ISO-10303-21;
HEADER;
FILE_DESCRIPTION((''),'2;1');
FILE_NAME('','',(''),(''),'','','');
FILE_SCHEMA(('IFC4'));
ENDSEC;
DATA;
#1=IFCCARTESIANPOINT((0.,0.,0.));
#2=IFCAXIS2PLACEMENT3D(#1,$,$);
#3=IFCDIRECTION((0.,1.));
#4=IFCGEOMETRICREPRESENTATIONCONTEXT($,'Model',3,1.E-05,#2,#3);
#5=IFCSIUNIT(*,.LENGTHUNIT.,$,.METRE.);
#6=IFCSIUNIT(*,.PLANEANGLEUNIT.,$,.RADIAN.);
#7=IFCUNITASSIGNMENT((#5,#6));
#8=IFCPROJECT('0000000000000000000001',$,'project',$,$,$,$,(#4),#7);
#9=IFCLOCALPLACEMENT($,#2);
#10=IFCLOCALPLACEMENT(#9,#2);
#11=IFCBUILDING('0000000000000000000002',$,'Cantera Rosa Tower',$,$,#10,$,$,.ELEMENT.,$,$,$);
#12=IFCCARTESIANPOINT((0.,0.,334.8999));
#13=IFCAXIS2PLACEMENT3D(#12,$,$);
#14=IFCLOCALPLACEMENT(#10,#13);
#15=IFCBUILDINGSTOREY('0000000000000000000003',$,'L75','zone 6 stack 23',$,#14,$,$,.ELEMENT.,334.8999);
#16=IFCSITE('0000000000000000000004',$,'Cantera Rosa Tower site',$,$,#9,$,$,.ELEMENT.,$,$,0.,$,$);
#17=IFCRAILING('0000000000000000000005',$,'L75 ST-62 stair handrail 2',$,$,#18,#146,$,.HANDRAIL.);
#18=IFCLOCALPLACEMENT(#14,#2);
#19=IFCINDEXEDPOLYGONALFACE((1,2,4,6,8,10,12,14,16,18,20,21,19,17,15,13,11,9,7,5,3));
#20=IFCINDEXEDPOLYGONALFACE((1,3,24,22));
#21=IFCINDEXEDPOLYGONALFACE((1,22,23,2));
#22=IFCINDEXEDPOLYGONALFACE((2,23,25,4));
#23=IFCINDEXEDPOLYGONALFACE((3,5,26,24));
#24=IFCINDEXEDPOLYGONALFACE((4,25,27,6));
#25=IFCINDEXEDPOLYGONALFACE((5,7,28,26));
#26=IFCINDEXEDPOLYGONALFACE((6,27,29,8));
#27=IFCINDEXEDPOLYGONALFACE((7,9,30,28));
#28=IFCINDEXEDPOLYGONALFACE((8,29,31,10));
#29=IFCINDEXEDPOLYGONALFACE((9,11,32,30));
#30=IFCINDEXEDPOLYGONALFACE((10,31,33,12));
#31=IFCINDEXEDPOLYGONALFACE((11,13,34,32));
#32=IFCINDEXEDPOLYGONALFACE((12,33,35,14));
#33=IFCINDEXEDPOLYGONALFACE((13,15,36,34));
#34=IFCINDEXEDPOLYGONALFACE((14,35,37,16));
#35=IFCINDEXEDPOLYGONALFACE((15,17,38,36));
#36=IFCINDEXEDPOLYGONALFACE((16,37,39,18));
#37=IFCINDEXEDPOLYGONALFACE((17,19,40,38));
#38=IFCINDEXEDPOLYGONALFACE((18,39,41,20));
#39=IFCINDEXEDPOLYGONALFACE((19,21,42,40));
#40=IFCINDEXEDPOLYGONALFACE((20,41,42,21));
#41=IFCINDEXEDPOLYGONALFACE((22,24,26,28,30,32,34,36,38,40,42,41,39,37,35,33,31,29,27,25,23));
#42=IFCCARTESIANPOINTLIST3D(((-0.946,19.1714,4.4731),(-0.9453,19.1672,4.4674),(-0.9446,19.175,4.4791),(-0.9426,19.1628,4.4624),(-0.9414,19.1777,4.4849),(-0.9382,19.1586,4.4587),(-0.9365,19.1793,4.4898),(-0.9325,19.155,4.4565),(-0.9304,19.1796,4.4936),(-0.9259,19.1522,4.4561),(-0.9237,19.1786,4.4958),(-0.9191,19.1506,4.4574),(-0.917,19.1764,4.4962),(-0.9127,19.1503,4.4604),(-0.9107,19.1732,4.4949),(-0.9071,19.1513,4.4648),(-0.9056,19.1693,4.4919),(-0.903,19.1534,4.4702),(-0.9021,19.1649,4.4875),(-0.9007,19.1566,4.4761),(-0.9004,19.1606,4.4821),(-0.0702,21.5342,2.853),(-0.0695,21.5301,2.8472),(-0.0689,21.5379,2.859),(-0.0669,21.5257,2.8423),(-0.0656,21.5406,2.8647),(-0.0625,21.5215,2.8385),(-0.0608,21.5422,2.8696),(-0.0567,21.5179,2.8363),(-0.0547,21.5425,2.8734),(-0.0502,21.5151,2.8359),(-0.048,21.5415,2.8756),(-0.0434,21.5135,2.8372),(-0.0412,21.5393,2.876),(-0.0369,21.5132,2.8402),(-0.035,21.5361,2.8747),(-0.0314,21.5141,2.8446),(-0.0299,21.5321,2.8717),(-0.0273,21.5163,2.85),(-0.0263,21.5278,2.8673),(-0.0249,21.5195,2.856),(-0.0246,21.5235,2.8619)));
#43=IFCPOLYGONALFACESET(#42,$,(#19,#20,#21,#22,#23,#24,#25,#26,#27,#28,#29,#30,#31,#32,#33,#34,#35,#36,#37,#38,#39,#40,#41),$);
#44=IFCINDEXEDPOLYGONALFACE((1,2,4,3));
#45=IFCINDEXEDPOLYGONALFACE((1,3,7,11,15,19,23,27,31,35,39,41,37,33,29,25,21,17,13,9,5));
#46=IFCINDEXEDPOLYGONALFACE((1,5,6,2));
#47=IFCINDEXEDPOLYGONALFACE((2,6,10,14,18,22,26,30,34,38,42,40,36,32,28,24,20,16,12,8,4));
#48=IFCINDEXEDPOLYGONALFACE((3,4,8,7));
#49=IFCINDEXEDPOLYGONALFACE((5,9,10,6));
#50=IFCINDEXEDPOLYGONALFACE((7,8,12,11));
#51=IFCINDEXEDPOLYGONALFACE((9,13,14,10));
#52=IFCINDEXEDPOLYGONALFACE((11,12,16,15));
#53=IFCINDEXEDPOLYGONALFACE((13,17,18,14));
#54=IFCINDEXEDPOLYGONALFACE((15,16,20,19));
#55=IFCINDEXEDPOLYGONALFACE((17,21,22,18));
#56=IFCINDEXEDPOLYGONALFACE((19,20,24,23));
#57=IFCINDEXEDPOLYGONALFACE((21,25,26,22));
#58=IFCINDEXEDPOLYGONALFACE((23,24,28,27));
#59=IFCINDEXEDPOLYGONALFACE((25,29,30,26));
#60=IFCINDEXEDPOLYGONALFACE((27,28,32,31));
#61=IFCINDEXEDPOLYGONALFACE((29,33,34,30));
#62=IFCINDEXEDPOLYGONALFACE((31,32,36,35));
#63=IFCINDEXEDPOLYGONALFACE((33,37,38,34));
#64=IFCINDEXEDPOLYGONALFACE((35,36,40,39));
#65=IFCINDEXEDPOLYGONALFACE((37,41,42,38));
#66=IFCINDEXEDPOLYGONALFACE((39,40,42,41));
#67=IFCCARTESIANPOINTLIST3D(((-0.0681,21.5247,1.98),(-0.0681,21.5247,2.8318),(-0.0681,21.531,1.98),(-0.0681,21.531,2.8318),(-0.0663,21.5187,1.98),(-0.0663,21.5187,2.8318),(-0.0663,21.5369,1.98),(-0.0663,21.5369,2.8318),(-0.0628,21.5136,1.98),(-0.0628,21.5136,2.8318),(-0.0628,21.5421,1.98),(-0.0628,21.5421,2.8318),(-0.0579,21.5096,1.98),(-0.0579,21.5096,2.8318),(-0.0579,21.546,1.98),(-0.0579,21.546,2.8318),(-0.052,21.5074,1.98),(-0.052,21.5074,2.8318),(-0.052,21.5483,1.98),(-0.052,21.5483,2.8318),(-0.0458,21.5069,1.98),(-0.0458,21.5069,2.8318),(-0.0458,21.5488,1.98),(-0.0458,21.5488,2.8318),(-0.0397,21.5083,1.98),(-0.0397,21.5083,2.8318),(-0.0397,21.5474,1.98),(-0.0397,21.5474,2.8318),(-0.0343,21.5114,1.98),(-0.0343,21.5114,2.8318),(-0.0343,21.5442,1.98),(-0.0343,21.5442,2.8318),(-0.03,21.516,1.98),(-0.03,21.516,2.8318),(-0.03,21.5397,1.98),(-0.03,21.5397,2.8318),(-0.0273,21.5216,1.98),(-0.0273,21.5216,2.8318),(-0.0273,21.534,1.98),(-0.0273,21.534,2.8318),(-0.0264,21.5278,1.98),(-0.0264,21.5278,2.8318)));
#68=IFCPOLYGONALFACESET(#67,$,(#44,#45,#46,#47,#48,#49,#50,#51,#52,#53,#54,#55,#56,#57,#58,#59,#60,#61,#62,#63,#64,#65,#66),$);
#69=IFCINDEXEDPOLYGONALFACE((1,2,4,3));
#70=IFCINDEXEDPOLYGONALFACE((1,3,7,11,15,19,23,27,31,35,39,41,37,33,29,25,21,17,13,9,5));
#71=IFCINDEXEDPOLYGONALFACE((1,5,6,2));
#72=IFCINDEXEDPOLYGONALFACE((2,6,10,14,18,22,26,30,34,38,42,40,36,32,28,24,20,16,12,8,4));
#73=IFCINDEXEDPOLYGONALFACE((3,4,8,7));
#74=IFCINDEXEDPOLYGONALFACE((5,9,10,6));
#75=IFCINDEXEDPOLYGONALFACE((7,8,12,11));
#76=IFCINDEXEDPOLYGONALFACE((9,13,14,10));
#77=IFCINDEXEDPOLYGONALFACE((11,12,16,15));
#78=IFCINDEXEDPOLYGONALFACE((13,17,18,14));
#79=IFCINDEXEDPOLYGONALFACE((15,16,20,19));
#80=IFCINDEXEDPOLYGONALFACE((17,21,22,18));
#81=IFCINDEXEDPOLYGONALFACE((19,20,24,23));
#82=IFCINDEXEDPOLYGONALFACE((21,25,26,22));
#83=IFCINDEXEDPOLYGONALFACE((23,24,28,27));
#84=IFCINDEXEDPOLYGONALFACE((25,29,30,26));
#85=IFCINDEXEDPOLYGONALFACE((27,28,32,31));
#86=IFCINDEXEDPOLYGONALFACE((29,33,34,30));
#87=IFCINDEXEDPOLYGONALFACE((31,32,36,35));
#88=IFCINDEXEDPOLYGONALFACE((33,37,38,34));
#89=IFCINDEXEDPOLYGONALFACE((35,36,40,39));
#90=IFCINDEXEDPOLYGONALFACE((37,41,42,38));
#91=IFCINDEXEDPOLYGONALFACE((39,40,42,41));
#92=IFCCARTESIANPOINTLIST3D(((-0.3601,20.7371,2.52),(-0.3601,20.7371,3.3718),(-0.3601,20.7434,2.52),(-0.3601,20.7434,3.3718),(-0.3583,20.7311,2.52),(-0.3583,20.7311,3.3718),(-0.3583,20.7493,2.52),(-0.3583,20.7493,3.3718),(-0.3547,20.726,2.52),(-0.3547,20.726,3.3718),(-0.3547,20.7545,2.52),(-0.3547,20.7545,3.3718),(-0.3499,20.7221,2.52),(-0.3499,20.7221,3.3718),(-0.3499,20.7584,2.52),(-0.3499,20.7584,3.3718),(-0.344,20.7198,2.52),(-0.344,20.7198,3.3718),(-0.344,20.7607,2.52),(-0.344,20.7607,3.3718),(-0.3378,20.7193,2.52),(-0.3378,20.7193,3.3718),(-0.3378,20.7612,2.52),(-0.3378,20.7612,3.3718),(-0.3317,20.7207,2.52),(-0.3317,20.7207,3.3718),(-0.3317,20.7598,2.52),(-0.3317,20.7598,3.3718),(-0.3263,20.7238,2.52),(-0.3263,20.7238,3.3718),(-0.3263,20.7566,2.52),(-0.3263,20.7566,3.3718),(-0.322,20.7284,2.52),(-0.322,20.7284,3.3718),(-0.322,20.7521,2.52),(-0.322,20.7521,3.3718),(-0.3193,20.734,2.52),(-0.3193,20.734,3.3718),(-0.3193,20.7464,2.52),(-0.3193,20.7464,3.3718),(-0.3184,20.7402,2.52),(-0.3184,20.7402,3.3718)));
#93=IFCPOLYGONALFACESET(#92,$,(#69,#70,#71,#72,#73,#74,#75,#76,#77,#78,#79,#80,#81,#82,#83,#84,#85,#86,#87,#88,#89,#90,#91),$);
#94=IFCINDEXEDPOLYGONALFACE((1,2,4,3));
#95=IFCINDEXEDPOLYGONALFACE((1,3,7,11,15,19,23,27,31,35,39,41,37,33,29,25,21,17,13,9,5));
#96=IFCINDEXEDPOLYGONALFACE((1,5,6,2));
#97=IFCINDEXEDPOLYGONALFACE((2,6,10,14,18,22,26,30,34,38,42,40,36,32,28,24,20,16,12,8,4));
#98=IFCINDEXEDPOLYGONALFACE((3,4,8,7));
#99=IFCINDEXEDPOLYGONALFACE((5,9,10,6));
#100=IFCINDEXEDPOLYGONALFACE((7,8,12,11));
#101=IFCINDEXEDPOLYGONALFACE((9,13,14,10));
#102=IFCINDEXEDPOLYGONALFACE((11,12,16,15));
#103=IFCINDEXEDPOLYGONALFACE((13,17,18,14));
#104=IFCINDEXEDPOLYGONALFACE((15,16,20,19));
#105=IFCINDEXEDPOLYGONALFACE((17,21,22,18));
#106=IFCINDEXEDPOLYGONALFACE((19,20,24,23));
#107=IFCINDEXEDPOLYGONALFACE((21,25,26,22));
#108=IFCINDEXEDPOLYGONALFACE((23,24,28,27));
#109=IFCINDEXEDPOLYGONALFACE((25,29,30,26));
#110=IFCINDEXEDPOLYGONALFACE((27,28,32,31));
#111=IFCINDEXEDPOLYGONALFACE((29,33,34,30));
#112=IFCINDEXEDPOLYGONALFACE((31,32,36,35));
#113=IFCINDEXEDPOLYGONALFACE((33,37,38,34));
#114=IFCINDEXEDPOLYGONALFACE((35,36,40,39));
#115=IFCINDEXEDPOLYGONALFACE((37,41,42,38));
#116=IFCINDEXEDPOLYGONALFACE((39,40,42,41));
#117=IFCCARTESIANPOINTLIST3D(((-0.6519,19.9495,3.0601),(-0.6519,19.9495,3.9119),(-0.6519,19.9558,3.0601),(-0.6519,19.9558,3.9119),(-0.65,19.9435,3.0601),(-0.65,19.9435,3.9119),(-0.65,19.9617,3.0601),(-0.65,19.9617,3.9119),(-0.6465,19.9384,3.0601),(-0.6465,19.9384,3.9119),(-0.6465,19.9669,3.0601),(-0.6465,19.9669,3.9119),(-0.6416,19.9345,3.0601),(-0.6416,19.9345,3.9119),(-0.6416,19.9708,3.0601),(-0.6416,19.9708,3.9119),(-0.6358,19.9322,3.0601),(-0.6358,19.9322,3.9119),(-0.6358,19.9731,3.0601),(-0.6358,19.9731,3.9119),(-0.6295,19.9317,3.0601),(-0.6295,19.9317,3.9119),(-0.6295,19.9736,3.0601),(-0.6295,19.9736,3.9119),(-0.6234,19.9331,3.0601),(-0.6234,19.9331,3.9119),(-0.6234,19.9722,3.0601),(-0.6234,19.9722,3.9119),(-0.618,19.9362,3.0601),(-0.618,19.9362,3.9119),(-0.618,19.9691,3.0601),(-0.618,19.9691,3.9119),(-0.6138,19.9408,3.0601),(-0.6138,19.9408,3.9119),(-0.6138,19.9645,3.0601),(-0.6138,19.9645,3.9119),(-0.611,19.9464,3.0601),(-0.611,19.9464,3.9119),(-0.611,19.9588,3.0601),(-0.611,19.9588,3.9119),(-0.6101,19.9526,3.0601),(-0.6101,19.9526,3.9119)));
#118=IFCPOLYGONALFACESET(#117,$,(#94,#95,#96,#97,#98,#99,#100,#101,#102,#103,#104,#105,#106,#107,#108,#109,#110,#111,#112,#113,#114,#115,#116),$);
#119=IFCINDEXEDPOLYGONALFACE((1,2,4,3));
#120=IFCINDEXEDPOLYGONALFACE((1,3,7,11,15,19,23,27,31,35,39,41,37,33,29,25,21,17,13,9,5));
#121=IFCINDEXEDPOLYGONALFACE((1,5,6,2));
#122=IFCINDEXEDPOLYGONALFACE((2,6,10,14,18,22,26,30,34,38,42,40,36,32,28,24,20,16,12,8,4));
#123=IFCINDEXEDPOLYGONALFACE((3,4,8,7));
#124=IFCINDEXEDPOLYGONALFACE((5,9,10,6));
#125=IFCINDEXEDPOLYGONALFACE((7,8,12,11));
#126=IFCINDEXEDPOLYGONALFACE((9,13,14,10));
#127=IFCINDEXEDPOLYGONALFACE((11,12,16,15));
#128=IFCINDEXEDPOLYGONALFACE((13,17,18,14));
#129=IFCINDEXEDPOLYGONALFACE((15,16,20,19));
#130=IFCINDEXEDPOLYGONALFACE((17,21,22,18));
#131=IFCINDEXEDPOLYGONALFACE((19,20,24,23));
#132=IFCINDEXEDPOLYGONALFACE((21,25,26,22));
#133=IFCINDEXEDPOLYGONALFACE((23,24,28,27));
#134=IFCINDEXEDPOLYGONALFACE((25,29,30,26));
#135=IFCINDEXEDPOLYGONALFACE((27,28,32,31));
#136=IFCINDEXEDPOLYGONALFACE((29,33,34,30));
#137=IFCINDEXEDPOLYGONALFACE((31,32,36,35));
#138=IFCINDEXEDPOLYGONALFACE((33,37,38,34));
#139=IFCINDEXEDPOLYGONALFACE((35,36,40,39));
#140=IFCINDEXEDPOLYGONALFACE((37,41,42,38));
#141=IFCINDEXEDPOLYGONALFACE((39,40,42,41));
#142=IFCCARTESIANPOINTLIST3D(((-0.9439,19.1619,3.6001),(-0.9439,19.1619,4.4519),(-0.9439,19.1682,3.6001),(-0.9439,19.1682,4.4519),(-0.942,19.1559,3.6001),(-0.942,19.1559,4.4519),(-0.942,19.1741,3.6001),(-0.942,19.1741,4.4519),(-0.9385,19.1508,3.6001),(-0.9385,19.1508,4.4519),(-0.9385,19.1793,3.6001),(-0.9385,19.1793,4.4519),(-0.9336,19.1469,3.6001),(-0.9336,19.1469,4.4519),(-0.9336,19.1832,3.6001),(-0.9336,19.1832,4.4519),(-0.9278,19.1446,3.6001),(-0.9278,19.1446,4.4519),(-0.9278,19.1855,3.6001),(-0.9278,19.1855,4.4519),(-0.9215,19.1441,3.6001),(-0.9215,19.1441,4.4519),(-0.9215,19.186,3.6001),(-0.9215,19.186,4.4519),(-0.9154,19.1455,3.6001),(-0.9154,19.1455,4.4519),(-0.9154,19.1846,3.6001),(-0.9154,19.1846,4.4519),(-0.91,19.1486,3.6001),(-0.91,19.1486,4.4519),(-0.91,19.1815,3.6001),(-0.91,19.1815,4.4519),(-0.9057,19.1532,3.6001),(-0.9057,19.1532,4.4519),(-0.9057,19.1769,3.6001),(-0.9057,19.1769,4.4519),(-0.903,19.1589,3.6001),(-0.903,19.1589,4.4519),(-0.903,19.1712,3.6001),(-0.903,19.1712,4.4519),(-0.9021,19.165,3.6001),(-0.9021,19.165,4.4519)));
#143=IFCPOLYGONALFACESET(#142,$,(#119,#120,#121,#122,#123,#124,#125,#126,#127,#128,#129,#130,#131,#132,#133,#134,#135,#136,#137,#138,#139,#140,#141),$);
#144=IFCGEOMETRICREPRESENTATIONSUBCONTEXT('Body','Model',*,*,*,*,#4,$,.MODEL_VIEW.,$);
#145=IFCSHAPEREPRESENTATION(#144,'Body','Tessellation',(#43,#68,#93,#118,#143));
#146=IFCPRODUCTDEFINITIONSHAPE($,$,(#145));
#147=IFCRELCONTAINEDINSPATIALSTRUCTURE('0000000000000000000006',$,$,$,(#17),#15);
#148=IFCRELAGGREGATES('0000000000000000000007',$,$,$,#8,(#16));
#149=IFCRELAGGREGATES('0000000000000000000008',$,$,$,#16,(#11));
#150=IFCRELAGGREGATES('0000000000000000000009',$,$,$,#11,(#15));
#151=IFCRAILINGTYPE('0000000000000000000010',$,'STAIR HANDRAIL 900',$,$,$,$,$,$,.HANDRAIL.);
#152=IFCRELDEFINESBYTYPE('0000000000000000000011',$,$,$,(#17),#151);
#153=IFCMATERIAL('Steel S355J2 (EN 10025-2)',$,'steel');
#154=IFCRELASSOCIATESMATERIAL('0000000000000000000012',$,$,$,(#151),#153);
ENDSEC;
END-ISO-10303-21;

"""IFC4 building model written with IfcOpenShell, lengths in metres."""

from ifc_helpers import new_model, si_unit, direction, frame, origin, origin_2d, place, context, subcontext, project, spatial, circle, extrude, material, type_object, element, save


model = new_model("IFC4")

# Units and contexts
model_context = context("Model", 3, precision=1e-05, world=origin(), true_north=direction((0.0, 1.0)))
body_context = subcontext(model_context, "Body", "Model", "MODEL_VIEW")
ifc_project = project(units=[si_unit("LENGTHUNIT", "METRE"), si_unit("PLANEANGLEUNIT", "RADIAN")], contexts=[model_context])

# Site, building, storey
site_placement = place(None, origin())
site = spatial("IfcSite", under=ifc_project, at=site_placement, Name="Cantera Rosa Tower site", CompositionType="ELEMENT", RefElevation=0.0)
building_placement = place(site_placement, origin())
building = spatial("IfcBuilding", under=site, at=building_placement, Name="Cantera Rosa Tower", CompositionType="ELEMENT")
storey_placement = place(building_placement, frame((0.0, 0.0, 334.8999)))
storey = spatial("IfcBuildingStorey", under=building, at=storey_placement, Name="L75", Description="zone 6 stack 23", CompositionType="ELEMENT", Elevation=334.8999)

# Railing
ifc_material_1 = material(Name="Steel S355J2 (EN 10025-2)", Category="steel")
railing_type = type_object("IfcRailingType", Name="STAIR HANDRAIL 900", PredefinedType="HANDRAIL", material=ifc_material_1)
railing_placement = place(storey_placement, frame((-0.0474, 21.5278, 1.98)))
element("IfcRailing", 1, at=railing_placement, inside=storey, type_object=railing_type, Name="L75 ST-62 stair handrail 2", PredefinedType="HANDRAIL", context=body_context, shape_type="SweptSolid", body=[
    extrude(circle(Radius=0.0239, at=origin_2d()), frame((0.0, 0.0, 0.876), z_axis=(-0.292326, -0.788717, 0.540806), x_axis=(0.937668, -0.347532, 0.0)), (0.0, 0.0, 1.0), 2.9958),
    extrude(circle(Radius=0.021, at=origin_2d()), origin(), (0.0, 0.0, 1.0), 0.8518),
    extrude(circle(Radius=0.021, at=origin_2d()), frame((-0.292, -0.7876, 0.54)), (0.0, 0.0, 1.0), 0.8518),
    extrude(circle(Radius=0.021, at=origin_2d()), frame((-0.5837, -1.5752, 1.0801)), (0.0, 0.0, 1.0), 0.8518),
    extrude(circle(Radius=0.021, at=origin_2d()), frame((-0.8757, -2.3628, 1.6201)), (0.0, 0.0, 1.0), 0.8518),
])

save(model, "model.ifc")
